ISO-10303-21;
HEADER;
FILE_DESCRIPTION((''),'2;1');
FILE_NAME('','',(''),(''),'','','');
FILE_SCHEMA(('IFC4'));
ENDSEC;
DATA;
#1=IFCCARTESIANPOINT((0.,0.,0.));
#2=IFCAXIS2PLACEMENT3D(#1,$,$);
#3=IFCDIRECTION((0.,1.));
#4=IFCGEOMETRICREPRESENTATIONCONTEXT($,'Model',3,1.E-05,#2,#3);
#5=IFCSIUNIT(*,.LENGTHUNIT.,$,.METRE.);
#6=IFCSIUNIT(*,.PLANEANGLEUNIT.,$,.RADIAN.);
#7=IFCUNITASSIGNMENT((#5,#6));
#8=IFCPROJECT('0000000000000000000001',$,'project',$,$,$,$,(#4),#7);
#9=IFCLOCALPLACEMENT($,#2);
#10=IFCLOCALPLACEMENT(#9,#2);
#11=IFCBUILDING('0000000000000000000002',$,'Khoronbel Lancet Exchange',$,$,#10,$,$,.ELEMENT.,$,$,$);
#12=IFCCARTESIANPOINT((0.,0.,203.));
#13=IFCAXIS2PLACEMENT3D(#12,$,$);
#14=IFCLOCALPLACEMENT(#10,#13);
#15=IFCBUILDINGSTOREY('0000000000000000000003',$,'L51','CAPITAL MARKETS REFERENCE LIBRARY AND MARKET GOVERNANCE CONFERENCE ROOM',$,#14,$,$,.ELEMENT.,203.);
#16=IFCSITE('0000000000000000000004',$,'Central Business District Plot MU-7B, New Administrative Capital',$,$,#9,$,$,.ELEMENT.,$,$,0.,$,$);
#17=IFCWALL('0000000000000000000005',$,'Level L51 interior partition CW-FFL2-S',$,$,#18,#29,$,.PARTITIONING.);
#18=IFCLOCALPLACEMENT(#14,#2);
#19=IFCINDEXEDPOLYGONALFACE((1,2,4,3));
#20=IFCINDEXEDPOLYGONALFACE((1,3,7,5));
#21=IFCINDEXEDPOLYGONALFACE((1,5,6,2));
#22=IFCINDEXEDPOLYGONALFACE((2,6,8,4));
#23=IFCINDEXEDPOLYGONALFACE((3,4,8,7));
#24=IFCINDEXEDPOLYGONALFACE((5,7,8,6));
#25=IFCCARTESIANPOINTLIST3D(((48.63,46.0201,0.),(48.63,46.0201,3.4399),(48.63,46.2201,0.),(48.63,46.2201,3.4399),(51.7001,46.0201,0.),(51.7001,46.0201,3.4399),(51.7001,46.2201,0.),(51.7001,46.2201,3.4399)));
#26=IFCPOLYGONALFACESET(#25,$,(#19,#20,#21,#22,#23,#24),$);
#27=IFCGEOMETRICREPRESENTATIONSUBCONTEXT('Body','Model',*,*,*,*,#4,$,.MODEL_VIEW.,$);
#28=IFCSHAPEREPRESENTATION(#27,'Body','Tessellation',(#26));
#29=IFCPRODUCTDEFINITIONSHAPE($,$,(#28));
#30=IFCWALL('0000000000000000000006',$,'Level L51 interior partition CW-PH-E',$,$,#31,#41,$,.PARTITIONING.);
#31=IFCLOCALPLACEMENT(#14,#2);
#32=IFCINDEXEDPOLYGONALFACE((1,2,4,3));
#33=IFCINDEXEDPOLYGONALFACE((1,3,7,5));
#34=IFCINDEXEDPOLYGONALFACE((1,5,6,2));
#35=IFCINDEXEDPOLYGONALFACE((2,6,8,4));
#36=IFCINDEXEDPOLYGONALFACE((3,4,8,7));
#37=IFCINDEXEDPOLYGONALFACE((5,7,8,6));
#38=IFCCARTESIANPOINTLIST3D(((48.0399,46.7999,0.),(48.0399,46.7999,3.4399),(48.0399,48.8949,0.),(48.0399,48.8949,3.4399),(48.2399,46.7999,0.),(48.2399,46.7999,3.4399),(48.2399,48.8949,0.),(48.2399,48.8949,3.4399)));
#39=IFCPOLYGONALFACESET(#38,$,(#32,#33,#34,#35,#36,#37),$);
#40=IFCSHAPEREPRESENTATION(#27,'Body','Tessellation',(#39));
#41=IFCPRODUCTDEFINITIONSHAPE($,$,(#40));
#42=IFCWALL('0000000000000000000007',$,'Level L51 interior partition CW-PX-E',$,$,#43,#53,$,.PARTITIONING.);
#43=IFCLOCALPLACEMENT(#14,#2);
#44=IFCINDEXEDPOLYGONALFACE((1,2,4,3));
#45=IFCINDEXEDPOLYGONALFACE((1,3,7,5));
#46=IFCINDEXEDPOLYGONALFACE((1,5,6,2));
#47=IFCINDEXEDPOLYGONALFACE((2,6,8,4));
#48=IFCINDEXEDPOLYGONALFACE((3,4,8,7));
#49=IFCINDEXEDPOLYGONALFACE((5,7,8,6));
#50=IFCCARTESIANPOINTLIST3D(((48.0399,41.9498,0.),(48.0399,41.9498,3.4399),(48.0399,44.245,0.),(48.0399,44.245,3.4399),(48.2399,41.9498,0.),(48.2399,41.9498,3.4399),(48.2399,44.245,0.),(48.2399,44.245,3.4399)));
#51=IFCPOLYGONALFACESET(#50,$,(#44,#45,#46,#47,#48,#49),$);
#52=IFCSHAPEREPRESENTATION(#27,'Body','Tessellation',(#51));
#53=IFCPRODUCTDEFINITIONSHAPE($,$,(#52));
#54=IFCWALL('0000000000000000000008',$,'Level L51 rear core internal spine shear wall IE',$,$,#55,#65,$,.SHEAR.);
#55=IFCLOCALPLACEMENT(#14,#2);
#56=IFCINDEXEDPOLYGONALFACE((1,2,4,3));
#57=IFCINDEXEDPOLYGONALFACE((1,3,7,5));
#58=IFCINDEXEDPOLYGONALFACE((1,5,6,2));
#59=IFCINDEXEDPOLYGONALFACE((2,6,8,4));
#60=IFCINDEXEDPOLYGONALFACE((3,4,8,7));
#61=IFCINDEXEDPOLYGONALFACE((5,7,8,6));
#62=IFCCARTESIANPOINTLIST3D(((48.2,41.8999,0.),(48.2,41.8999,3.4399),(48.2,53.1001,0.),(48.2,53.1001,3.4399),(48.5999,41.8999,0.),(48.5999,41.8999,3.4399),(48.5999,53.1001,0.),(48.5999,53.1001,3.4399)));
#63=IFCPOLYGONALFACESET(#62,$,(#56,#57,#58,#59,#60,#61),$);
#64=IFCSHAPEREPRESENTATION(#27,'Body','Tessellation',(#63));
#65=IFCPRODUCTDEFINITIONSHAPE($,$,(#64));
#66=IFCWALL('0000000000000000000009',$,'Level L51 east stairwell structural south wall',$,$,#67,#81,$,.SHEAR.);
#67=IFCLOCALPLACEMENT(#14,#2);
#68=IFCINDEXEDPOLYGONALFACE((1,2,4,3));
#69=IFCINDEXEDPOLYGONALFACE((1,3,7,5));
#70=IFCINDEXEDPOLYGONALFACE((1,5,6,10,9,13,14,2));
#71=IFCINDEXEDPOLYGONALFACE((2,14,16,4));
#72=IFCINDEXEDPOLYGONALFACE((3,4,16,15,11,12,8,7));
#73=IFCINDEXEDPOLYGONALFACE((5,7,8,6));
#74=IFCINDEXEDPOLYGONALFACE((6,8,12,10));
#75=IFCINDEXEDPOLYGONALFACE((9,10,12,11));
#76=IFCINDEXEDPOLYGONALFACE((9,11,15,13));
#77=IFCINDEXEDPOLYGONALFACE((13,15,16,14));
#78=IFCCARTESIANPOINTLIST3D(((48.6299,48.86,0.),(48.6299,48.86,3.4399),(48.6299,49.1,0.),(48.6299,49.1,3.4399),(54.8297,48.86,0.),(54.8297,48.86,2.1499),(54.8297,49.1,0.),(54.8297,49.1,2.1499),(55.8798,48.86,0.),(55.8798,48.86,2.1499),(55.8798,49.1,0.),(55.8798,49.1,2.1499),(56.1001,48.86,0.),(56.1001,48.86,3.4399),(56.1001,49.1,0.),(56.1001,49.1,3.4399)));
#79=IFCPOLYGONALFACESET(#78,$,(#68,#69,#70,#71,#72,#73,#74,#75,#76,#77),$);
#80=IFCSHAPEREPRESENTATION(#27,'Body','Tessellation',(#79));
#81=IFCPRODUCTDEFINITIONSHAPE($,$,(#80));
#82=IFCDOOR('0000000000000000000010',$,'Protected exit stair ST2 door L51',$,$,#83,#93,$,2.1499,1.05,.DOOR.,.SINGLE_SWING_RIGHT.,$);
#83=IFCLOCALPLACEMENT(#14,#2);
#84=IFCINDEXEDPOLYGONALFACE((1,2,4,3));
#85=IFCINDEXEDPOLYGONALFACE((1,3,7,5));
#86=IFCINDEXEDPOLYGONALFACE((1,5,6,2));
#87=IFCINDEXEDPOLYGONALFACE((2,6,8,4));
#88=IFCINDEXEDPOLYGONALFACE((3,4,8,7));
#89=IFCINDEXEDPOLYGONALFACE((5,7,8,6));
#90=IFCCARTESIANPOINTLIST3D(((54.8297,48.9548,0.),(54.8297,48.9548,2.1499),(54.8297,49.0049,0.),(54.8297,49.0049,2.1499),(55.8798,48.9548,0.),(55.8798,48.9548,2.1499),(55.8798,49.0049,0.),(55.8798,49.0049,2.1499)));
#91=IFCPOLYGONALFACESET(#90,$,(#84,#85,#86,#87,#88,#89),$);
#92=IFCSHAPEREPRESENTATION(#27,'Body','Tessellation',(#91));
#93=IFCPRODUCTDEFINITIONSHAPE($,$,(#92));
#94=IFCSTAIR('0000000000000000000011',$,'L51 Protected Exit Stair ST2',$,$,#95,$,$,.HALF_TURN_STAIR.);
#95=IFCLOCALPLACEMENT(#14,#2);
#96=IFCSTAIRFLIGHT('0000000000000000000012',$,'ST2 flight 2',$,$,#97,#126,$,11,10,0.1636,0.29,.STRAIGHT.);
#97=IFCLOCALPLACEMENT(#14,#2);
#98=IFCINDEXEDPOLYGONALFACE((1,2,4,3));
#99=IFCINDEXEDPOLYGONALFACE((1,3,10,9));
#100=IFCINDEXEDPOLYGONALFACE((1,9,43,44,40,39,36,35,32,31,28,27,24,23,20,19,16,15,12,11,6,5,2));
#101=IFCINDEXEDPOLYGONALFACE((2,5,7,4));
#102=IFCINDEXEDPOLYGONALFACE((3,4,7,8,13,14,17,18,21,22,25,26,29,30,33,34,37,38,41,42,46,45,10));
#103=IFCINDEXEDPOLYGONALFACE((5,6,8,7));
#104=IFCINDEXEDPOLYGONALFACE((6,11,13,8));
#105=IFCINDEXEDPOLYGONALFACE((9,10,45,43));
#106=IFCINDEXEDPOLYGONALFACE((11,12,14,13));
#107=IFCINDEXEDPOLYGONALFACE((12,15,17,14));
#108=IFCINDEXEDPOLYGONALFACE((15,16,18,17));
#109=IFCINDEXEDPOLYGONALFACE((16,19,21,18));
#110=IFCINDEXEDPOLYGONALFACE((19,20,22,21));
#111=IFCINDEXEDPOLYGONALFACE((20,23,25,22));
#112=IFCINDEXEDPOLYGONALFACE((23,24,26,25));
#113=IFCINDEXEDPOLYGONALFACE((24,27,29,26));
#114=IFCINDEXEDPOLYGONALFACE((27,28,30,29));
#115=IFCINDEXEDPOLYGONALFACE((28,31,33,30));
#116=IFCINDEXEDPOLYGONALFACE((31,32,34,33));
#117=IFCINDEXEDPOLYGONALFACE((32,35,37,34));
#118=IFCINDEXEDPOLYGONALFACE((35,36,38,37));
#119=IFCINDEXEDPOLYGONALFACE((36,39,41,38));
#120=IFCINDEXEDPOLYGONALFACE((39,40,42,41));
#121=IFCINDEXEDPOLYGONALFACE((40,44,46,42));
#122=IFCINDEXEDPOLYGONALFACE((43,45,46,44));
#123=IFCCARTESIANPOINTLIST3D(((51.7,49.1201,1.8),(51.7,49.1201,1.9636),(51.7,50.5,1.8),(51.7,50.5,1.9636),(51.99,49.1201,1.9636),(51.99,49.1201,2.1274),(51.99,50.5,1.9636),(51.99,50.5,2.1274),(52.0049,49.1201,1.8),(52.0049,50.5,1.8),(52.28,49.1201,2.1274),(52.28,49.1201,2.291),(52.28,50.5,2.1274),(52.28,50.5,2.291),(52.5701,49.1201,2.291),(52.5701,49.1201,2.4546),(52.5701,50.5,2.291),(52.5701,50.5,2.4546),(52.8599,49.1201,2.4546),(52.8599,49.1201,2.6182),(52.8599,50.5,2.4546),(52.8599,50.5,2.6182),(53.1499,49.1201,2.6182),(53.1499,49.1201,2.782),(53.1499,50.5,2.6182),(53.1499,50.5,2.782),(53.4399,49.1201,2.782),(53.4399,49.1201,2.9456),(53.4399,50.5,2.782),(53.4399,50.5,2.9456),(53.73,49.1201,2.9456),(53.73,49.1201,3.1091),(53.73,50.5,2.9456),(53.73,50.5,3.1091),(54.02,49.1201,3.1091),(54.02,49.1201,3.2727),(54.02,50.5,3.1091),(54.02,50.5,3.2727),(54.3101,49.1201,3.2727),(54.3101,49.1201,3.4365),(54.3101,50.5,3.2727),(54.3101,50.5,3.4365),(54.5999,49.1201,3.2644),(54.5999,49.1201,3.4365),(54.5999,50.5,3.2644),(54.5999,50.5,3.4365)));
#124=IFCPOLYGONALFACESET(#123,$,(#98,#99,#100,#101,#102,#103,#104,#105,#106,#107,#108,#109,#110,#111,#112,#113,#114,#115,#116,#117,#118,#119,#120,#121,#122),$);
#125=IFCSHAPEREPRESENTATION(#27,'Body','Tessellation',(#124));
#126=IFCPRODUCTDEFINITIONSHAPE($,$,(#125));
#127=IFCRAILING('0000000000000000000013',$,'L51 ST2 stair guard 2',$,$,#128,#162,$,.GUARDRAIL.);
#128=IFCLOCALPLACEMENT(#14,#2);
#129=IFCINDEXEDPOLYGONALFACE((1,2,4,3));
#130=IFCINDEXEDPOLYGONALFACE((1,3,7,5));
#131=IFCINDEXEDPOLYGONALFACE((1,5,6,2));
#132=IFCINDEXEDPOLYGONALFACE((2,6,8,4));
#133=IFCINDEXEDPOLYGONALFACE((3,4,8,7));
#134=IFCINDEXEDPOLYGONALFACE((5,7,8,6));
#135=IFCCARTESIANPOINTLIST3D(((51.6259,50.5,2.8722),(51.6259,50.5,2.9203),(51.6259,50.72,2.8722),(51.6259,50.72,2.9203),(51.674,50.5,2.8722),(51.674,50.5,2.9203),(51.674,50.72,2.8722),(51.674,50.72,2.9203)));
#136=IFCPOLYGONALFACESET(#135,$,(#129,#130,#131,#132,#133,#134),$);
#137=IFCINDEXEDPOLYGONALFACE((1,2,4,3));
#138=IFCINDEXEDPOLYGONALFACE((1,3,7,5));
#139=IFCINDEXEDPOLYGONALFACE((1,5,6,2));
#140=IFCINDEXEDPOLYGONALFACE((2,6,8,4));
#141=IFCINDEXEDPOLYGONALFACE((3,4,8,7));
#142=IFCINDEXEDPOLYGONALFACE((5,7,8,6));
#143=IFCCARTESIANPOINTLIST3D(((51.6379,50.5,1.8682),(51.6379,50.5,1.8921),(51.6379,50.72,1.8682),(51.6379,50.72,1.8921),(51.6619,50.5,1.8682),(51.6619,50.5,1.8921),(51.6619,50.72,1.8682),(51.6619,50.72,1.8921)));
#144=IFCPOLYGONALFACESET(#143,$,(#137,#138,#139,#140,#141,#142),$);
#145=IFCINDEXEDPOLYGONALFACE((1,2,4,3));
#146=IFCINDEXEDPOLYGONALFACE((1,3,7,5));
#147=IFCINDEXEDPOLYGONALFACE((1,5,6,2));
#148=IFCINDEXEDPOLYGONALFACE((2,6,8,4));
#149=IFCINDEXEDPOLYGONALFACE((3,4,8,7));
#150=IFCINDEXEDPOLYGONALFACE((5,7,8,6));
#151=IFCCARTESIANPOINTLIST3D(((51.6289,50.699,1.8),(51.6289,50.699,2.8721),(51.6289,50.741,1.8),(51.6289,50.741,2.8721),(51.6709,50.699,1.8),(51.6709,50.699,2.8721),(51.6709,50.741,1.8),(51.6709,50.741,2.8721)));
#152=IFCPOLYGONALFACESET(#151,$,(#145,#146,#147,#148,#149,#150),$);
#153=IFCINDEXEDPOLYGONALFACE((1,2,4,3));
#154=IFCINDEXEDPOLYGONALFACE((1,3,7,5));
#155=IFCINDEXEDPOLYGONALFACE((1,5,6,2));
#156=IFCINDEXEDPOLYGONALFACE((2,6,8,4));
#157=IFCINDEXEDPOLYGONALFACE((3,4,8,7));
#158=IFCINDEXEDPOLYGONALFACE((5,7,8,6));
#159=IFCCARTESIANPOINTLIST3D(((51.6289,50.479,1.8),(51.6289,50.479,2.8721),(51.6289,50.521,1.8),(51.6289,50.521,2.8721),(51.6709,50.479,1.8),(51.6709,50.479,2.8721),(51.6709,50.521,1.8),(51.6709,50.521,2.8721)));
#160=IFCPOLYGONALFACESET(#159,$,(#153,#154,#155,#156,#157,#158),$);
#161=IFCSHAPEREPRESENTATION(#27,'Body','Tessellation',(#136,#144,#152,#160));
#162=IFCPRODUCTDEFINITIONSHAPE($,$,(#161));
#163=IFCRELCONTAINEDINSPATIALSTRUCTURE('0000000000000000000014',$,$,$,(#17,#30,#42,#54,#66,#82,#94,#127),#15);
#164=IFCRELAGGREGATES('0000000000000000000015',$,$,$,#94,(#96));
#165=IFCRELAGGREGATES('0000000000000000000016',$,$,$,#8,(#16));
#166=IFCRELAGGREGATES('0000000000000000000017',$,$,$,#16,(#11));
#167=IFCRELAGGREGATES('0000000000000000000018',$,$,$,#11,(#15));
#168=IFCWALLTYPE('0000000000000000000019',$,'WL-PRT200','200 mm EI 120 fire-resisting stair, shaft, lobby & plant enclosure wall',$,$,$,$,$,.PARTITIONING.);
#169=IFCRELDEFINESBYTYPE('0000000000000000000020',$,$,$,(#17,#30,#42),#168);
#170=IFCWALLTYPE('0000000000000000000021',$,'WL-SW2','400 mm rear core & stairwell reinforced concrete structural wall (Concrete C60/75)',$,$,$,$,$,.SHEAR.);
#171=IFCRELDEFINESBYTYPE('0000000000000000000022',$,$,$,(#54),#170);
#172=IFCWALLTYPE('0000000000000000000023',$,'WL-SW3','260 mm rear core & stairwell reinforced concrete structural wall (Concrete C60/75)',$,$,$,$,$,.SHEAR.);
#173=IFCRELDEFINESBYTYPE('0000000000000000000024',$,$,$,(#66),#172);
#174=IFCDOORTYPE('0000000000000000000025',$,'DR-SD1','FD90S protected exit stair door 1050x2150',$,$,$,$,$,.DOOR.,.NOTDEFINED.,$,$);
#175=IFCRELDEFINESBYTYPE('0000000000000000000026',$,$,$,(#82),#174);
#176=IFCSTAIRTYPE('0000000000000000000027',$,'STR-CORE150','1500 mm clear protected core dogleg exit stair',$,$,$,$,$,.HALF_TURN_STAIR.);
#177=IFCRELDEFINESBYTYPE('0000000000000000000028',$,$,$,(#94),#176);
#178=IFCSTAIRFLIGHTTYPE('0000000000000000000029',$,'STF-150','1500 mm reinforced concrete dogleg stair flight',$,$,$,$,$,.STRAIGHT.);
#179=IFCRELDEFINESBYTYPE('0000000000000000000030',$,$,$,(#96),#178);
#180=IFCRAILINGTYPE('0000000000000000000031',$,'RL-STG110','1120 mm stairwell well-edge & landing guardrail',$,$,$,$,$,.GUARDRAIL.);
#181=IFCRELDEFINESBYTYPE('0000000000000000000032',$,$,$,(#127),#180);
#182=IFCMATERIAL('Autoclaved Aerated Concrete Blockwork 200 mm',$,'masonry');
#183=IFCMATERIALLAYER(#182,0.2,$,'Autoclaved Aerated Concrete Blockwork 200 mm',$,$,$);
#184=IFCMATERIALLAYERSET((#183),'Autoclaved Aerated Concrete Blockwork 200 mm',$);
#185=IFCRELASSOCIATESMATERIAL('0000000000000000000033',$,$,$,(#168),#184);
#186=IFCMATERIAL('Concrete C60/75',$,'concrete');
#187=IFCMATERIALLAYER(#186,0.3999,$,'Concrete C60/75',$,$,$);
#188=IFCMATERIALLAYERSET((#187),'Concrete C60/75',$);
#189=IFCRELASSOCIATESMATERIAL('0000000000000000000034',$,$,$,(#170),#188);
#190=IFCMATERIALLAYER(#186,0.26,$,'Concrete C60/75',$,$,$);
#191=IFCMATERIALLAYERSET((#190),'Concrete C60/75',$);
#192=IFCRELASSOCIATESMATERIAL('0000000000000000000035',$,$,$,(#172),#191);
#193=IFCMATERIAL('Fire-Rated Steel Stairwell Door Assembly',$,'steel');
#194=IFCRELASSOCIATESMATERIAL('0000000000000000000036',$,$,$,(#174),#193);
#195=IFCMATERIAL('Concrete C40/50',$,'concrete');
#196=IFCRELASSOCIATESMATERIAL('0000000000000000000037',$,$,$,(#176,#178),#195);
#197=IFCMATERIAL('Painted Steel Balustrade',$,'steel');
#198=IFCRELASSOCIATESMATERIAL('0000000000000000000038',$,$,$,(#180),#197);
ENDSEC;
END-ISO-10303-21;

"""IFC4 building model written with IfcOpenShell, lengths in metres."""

from ifc_helpers import new_model, si_unit, direction, frame, frame_2d, origin, origin_2d, place, context, subcontext, project, spatial, polyline, rectangle, outline, extrude, material, layer, layer_set, type_object, element, fill, aggregate, save


model = new_model("IFC4")

# Units and contexts
model_context = context("Model", 3, precision=1e-05, world=origin(), true_north=direction((0.0, 1.0)))
body_context = subcontext(model_context, "Body", "Model", "MODEL_VIEW")
ifc_project = project(units=[si_unit("LENGTHUNIT", "METRE"), si_unit("PLANEANGLEUNIT", "RADIAN")], contexts=[model_context])

# Site, building, storey
site_placement = place(None, origin())
site = spatial("IfcSite", under=ifc_project, at=site_placement, Name="Central Business District Plot MU-7B, New Administrative Capital", CompositionType="ELEMENT", RefElevation=0.0)
building_placement = place(site_placement, origin())
building = spatial("IfcBuilding", under=site, at=building_placement, Name="Khoronbel Lancet Exchange", CompositionType="ELEMENT")
storey_placement = place(building_placement, frame((0.0, 0.0, 203.0)))
storey = spatial("IfcBuildingStorey", under=building, at=storey_placement, Name="L51", Description="CAPITAL MARKETS REFERENCE LIBRARY AND MARKET GOVERNANCE CONFERENCE ROOM", CompositionType="ELEMENT", Elevation=203.0)

# Shared definitions
ifc_material_1 = material(Name="Autoclaved Aerated Concrete Blockwork 200 mm", Category="masonry")
ifc_layer_1 = layer(ifc_material_1, 0.2, Name="Autoclaved Aerated Concrete Blockwork 200 mm")
ifc_layer_set_1 = layer_set([ifc_layer_1], Name="Autoclaved Aerated Concrete Blockwork 200 mm")
wall_type_1 = type_object("IfcWallType", Name="WL-PRT200", Description="200 mm EI 120 fire-resisting stair, shaft, lobby & plant enclosure wall", PredefinedType="PARTITIONING", material=ifc_layer_set_1)

# Walls
wall_1_placement = place(storey_placement, frame((48.6299, 46.1201, 0.0), z_axis=(0.0, 0.0, 1.0), x_axis=(1.0, 0.0, 0.0)))
element("IfcWall", 1, at=wall_1_placement, inside=storey, type_object=wall_type_1, Name="Level L51 interior partition CW-FFL2-S", PredefinedType="PARTITIONING", context=body_context, shape_type="SweptSolid", body=[
    extrude(rectangle(XDim=3.0701, YDim=0.2, at=frame_2d((1.5352, 0.0))), origin(), (0.0, 0.0, 1.0), 3.4399),
])
wall_2_placement = place(storey_placement, frame((48.1399, 46.8, 0.0), z_axis=(0.0, 0.0, 1.0), x_axis=(0.0, 1.0, 0.0)))
element("IfcWall", 2, at=wall_2_placement, inside=storey, type_object=wall_type_1, Name="Level L51 interior partition CW-PH-E", PredefinedType="PARTITIONING", context=body_context, shape_type="SweptSolid", body=[
    extrude(rectangle(XDim=2.095, YDim=0.2, at=frame_2d((1.0474, 0.0))), origin(), (0.0, 0.0, 1.0), 3.4399),
])
wall_3_placement = place(storey_placement, frame((48.1399, 41.95, 0.0), z_axis=(0.0, 0.0, 1.0), x_axis=(0.0, 1.0, 0.0)))
element("IfcWall", 3, at=wall_3_placement, inside=storey, type_object=wall_type_1, Name="Level L51 interior partition CW-PX-E", PredefinedType="PARTITIONING", context=body_context, shape_type="SweptSolid", body=[
    extrude(rectangle(XDim=2.2952, YDim=0.2, at=frame_2d((1.1475, 0.0))), origin(), (0.0, 0.0, 1.0), 3.4399),
])
ifc_material_2 = material(Name="Concrete C60/75", Category="concrete")
ifc_layer_2 = layer(ifc_material_2, 0.3999, Name="Concrete C60/75")
ifc_layer_set_2 = layer_set([ifc_layer_2], Name="Concrete C60/75")
wall_type_2 = type_object("IfcWallType", Name="WL-SW2", Description="400 mm rear core & stairwell reinforced concrete structural wall (Concrete C60/75)", PredefinedType="SHEAR", material=ifc_layer_set_2)
wall_4_placement = place(storey_placement, frame((48.3999, 41.8999, 0.0), z_axis=(0.0, 0.0, 1.0), x_axis=(0.0, 1.0, 0.0)))
element("IfcWall", 4, at=wall_4_placement, inside=storey, type_object=wall_type_2, Name="Level L51 rear core internal spine shear wall IE", PredefinedType="SHEAR", context=body_context, shape_type="SweptSolid", body=[
    extrude(rectangle(XDim=11.2002, YDim=0.3999, at=frame_2d((5.6001, 0.0))), origin(), (0.0, 0.0, 1.0), 3.4399),
])

# Wall, opening, door
ifc_layer_3 = layer(ifc_material_2, 0.26, Name="Concrete C60/75")
ifc_layer_set_3 = layer_set([ifc_layer_3], Name="Concrete C60/75")
wall_type_3 = type_object("IfcWallType", Name="WL-SW3", Description="260 mm rear core & stairwell reinforced concrete structural wall (Concrete C60/75)", PredefinedType="SHEAR", material=ifc_layer_set_3)
wall_5_placement = place(storey_placement, frame((48.6299, 48.98, 0.0), z_axis=(0.0, 0.0, 1.0), x_axis=(1.0, 0.0, 0.0)))
wall_5 = element("IfcWall", 5, at=wall_5_placement, inside=storey, type_object=wall_type_3, Name="Level L51 east stairwell structural south wall", PredefinedType="SHEAR", context=body_context, shape_type="SweptSolid", body=[
    extrude(rectangle(XDim=7.4702, YDim=0.24, at=frame_2d((3.7351, 0.0))), origin(), (0.0, 0.0, 1.0), 3.4399),
])
opening_1_placement = place(wall_5_placement, frame((6.2, 0.0, 0.0)))
opening_1 = element("IfcOpeningElement", 6, at=opening_1_placement, cuts=wall_5, PredefinedType="OPENING", context=body_context, shape_type="SweptSolid", body=[
    extrude(rectangle(XDim=1.05, YDim=2.1499, at=frame_2d((0.5249, 1.075))), frame((0.0, 0.1299, 0.0), z_axis=(0.0, -1.0, 0.0), x_axis=(1.0, 0.0, 0.0)), (0.0, 0.0, 1.0), 0.26),
])
ifc_material_3 = material(Name="Fire-Rated Steel Stairwell Door Assembly", Category="steel")
door_type_1 = type_object("IfcDoorType", Name="DR-SD1", Description="FD90S protected exit stair door 1050x2150", OperationType="NOTDEFINED", PredefinedType="DOOR", material=ifc_material_3)
door_1_placement = place(opening_1_placement, origin())
door_1 = element("IfcDoor", 7, at=door_1_placement, inside=storey, type_object=door_type_1, Name="Protected exit stair ST2 door L51", OperationType="SINGLE_SWING_RIGHT", OverallHeight=2.1499, OverallWidth=1.05, PredefinedType="DOOR", context=body_context, shape_type="SweptSolid", body=[
    extrude(rectangle(XDim=1.05, YDim=2.1499, at=frame_2d((0.5249, 1.075))), frame((0.0, 0.0249, 0.0), z_axis=(0.0, -1.0, 0.0), x_axis=(1.0, 0.0, 0.0)), (0.0, 0.0, 1.0), 0.05),
])
fill(opening_1, door_1)

# Stair, stair flight
ifc_material_4 = material(Name="Concrete C40/50", Category="concrete")
stair_type = type_object("IfcStairType", Name="STR-CORE150", Description="1500 mm clear protected core dogleg exit stair", PredefinedType="HALF_TURN_STAIR", material=ifc_material_4)
stair_placement = place(storey_placement, origin())
stair = element("IfcStair", 8, at=stair_placement, inside=storey, type_object=stair_type, Name="L51 Protected Exit Stair ST2", PredefinedType="HALF_TURN_STAIR")
stair_flight_type = type_object("IfcStairFlightType", Name="STF-150", Description="1500 mm reinforced concrete dogleg stair flight", PredefinedType="STRAIGHT", material=ifc_material_4)
stair_flight_placement = place(storey_placement, frame((51.7, 49.8101, 1.8), z_axis=(0.0, 0.0, 1.0), x_axis=(1.0, 0.0, 0.0)))
stair_flight = element("IfcStairFlight", 9, at=stair_flight_placement, type_object=stair_flight_type, Name="ST2 flight 2", NumberOfRisers=11, NumberOfTreads=10, PredefinedType="STRAIGHT", RiserHeight=0.1636, TreadLength=0.29, context=body_context, shape_type="SweptSolid", body=[
    extrude(outline(polyline([(0.0, 0.0), (0.0, 0.1636), (0.29, 0.1636), (0.29, 0.3274), (0.5801, 0.3274), (0.5801, 0.491), (0.8701, 0.491), (0.8701, 0.6545), (1.1599, 0.6545), (1.1599, 0.8181), (1.45, 0.8181), (1.45, 0.9819), (1.74, 0.9819), (1.74, 1.1455), (2.03, 1.1455), (2.03, 1.3091), (2.3201, 1.3091), (2.3201, 1.4727), (2.6101, 1.4727), (2.6101, 1.6365), (2.8999, 1.6365), (2.8999, 1.8), (2.8999, 1.4644), (0.3049, 0.0), (0.0, 0.0)])), frame((0.0, 0.6899, 0.0), z_axis=(0.0, -1.0, 0.0), x_axis=(1.0, 0.0, 0.0)), (0.0, 0.0, 1.0), 1.3799),
])
aggregate(stair, [stair_flight])

# Railing
ifc_material_5 = material(Name="Painted Steel Balustrade", Category="steel")
railing_type_1 = type_object("IfcRailingType", Name="RL-STG110", Description="1120 mm stairwell well-edge & landing guardrail", PredefinedType="GUARDRAIL", material=ifc_material_5)
railing_1_placement = place(storey_placement, frame((51.6499, 50.72, 1.8)))
element("IfcRailing", 10, at=railing_1_placement, inside=storey, type_object=railing_type_1, Name="L51 ST2 stair guard 2", PredefinedType="GUARDRAIL", context=body_context, shape_type="SweptSolid", body=[
    extrude(rectangle(XDim=0.0481, YDim=0.0481, at=origin_2d()), frame((0.0, 0.0, 1.0962), z_axis=(0.0, -1.0, 0.0), x_axis=(1.0, 0.0, 0.0)), (0.0, 0.0, 1.0), 0.22),
    extrude(rectangle(XDim=0.0239, YDim=0.0239, at=origin_2d()), frame((0.0, 0.0, 0.0801), z_axis=(0.0, -1.0, 0.0), x_axis=(1.0, 0.0, 0.0)), (0.0, 0.0, 1.0), 0.22),
    extrude(rectangle(XDim=0.042, YDim=0.042, at=origin_2d()), origin(), (0.0, 0.0, 1.0), 1.072),
    extrude(rectangle(XDim=0.042, YDim=0.042, at=origin_2d()), frame((0.0, -0.22, 0.0)), (0.0, 0.0, 1.0), 1.072),
])

save(model, "model.ifc")
